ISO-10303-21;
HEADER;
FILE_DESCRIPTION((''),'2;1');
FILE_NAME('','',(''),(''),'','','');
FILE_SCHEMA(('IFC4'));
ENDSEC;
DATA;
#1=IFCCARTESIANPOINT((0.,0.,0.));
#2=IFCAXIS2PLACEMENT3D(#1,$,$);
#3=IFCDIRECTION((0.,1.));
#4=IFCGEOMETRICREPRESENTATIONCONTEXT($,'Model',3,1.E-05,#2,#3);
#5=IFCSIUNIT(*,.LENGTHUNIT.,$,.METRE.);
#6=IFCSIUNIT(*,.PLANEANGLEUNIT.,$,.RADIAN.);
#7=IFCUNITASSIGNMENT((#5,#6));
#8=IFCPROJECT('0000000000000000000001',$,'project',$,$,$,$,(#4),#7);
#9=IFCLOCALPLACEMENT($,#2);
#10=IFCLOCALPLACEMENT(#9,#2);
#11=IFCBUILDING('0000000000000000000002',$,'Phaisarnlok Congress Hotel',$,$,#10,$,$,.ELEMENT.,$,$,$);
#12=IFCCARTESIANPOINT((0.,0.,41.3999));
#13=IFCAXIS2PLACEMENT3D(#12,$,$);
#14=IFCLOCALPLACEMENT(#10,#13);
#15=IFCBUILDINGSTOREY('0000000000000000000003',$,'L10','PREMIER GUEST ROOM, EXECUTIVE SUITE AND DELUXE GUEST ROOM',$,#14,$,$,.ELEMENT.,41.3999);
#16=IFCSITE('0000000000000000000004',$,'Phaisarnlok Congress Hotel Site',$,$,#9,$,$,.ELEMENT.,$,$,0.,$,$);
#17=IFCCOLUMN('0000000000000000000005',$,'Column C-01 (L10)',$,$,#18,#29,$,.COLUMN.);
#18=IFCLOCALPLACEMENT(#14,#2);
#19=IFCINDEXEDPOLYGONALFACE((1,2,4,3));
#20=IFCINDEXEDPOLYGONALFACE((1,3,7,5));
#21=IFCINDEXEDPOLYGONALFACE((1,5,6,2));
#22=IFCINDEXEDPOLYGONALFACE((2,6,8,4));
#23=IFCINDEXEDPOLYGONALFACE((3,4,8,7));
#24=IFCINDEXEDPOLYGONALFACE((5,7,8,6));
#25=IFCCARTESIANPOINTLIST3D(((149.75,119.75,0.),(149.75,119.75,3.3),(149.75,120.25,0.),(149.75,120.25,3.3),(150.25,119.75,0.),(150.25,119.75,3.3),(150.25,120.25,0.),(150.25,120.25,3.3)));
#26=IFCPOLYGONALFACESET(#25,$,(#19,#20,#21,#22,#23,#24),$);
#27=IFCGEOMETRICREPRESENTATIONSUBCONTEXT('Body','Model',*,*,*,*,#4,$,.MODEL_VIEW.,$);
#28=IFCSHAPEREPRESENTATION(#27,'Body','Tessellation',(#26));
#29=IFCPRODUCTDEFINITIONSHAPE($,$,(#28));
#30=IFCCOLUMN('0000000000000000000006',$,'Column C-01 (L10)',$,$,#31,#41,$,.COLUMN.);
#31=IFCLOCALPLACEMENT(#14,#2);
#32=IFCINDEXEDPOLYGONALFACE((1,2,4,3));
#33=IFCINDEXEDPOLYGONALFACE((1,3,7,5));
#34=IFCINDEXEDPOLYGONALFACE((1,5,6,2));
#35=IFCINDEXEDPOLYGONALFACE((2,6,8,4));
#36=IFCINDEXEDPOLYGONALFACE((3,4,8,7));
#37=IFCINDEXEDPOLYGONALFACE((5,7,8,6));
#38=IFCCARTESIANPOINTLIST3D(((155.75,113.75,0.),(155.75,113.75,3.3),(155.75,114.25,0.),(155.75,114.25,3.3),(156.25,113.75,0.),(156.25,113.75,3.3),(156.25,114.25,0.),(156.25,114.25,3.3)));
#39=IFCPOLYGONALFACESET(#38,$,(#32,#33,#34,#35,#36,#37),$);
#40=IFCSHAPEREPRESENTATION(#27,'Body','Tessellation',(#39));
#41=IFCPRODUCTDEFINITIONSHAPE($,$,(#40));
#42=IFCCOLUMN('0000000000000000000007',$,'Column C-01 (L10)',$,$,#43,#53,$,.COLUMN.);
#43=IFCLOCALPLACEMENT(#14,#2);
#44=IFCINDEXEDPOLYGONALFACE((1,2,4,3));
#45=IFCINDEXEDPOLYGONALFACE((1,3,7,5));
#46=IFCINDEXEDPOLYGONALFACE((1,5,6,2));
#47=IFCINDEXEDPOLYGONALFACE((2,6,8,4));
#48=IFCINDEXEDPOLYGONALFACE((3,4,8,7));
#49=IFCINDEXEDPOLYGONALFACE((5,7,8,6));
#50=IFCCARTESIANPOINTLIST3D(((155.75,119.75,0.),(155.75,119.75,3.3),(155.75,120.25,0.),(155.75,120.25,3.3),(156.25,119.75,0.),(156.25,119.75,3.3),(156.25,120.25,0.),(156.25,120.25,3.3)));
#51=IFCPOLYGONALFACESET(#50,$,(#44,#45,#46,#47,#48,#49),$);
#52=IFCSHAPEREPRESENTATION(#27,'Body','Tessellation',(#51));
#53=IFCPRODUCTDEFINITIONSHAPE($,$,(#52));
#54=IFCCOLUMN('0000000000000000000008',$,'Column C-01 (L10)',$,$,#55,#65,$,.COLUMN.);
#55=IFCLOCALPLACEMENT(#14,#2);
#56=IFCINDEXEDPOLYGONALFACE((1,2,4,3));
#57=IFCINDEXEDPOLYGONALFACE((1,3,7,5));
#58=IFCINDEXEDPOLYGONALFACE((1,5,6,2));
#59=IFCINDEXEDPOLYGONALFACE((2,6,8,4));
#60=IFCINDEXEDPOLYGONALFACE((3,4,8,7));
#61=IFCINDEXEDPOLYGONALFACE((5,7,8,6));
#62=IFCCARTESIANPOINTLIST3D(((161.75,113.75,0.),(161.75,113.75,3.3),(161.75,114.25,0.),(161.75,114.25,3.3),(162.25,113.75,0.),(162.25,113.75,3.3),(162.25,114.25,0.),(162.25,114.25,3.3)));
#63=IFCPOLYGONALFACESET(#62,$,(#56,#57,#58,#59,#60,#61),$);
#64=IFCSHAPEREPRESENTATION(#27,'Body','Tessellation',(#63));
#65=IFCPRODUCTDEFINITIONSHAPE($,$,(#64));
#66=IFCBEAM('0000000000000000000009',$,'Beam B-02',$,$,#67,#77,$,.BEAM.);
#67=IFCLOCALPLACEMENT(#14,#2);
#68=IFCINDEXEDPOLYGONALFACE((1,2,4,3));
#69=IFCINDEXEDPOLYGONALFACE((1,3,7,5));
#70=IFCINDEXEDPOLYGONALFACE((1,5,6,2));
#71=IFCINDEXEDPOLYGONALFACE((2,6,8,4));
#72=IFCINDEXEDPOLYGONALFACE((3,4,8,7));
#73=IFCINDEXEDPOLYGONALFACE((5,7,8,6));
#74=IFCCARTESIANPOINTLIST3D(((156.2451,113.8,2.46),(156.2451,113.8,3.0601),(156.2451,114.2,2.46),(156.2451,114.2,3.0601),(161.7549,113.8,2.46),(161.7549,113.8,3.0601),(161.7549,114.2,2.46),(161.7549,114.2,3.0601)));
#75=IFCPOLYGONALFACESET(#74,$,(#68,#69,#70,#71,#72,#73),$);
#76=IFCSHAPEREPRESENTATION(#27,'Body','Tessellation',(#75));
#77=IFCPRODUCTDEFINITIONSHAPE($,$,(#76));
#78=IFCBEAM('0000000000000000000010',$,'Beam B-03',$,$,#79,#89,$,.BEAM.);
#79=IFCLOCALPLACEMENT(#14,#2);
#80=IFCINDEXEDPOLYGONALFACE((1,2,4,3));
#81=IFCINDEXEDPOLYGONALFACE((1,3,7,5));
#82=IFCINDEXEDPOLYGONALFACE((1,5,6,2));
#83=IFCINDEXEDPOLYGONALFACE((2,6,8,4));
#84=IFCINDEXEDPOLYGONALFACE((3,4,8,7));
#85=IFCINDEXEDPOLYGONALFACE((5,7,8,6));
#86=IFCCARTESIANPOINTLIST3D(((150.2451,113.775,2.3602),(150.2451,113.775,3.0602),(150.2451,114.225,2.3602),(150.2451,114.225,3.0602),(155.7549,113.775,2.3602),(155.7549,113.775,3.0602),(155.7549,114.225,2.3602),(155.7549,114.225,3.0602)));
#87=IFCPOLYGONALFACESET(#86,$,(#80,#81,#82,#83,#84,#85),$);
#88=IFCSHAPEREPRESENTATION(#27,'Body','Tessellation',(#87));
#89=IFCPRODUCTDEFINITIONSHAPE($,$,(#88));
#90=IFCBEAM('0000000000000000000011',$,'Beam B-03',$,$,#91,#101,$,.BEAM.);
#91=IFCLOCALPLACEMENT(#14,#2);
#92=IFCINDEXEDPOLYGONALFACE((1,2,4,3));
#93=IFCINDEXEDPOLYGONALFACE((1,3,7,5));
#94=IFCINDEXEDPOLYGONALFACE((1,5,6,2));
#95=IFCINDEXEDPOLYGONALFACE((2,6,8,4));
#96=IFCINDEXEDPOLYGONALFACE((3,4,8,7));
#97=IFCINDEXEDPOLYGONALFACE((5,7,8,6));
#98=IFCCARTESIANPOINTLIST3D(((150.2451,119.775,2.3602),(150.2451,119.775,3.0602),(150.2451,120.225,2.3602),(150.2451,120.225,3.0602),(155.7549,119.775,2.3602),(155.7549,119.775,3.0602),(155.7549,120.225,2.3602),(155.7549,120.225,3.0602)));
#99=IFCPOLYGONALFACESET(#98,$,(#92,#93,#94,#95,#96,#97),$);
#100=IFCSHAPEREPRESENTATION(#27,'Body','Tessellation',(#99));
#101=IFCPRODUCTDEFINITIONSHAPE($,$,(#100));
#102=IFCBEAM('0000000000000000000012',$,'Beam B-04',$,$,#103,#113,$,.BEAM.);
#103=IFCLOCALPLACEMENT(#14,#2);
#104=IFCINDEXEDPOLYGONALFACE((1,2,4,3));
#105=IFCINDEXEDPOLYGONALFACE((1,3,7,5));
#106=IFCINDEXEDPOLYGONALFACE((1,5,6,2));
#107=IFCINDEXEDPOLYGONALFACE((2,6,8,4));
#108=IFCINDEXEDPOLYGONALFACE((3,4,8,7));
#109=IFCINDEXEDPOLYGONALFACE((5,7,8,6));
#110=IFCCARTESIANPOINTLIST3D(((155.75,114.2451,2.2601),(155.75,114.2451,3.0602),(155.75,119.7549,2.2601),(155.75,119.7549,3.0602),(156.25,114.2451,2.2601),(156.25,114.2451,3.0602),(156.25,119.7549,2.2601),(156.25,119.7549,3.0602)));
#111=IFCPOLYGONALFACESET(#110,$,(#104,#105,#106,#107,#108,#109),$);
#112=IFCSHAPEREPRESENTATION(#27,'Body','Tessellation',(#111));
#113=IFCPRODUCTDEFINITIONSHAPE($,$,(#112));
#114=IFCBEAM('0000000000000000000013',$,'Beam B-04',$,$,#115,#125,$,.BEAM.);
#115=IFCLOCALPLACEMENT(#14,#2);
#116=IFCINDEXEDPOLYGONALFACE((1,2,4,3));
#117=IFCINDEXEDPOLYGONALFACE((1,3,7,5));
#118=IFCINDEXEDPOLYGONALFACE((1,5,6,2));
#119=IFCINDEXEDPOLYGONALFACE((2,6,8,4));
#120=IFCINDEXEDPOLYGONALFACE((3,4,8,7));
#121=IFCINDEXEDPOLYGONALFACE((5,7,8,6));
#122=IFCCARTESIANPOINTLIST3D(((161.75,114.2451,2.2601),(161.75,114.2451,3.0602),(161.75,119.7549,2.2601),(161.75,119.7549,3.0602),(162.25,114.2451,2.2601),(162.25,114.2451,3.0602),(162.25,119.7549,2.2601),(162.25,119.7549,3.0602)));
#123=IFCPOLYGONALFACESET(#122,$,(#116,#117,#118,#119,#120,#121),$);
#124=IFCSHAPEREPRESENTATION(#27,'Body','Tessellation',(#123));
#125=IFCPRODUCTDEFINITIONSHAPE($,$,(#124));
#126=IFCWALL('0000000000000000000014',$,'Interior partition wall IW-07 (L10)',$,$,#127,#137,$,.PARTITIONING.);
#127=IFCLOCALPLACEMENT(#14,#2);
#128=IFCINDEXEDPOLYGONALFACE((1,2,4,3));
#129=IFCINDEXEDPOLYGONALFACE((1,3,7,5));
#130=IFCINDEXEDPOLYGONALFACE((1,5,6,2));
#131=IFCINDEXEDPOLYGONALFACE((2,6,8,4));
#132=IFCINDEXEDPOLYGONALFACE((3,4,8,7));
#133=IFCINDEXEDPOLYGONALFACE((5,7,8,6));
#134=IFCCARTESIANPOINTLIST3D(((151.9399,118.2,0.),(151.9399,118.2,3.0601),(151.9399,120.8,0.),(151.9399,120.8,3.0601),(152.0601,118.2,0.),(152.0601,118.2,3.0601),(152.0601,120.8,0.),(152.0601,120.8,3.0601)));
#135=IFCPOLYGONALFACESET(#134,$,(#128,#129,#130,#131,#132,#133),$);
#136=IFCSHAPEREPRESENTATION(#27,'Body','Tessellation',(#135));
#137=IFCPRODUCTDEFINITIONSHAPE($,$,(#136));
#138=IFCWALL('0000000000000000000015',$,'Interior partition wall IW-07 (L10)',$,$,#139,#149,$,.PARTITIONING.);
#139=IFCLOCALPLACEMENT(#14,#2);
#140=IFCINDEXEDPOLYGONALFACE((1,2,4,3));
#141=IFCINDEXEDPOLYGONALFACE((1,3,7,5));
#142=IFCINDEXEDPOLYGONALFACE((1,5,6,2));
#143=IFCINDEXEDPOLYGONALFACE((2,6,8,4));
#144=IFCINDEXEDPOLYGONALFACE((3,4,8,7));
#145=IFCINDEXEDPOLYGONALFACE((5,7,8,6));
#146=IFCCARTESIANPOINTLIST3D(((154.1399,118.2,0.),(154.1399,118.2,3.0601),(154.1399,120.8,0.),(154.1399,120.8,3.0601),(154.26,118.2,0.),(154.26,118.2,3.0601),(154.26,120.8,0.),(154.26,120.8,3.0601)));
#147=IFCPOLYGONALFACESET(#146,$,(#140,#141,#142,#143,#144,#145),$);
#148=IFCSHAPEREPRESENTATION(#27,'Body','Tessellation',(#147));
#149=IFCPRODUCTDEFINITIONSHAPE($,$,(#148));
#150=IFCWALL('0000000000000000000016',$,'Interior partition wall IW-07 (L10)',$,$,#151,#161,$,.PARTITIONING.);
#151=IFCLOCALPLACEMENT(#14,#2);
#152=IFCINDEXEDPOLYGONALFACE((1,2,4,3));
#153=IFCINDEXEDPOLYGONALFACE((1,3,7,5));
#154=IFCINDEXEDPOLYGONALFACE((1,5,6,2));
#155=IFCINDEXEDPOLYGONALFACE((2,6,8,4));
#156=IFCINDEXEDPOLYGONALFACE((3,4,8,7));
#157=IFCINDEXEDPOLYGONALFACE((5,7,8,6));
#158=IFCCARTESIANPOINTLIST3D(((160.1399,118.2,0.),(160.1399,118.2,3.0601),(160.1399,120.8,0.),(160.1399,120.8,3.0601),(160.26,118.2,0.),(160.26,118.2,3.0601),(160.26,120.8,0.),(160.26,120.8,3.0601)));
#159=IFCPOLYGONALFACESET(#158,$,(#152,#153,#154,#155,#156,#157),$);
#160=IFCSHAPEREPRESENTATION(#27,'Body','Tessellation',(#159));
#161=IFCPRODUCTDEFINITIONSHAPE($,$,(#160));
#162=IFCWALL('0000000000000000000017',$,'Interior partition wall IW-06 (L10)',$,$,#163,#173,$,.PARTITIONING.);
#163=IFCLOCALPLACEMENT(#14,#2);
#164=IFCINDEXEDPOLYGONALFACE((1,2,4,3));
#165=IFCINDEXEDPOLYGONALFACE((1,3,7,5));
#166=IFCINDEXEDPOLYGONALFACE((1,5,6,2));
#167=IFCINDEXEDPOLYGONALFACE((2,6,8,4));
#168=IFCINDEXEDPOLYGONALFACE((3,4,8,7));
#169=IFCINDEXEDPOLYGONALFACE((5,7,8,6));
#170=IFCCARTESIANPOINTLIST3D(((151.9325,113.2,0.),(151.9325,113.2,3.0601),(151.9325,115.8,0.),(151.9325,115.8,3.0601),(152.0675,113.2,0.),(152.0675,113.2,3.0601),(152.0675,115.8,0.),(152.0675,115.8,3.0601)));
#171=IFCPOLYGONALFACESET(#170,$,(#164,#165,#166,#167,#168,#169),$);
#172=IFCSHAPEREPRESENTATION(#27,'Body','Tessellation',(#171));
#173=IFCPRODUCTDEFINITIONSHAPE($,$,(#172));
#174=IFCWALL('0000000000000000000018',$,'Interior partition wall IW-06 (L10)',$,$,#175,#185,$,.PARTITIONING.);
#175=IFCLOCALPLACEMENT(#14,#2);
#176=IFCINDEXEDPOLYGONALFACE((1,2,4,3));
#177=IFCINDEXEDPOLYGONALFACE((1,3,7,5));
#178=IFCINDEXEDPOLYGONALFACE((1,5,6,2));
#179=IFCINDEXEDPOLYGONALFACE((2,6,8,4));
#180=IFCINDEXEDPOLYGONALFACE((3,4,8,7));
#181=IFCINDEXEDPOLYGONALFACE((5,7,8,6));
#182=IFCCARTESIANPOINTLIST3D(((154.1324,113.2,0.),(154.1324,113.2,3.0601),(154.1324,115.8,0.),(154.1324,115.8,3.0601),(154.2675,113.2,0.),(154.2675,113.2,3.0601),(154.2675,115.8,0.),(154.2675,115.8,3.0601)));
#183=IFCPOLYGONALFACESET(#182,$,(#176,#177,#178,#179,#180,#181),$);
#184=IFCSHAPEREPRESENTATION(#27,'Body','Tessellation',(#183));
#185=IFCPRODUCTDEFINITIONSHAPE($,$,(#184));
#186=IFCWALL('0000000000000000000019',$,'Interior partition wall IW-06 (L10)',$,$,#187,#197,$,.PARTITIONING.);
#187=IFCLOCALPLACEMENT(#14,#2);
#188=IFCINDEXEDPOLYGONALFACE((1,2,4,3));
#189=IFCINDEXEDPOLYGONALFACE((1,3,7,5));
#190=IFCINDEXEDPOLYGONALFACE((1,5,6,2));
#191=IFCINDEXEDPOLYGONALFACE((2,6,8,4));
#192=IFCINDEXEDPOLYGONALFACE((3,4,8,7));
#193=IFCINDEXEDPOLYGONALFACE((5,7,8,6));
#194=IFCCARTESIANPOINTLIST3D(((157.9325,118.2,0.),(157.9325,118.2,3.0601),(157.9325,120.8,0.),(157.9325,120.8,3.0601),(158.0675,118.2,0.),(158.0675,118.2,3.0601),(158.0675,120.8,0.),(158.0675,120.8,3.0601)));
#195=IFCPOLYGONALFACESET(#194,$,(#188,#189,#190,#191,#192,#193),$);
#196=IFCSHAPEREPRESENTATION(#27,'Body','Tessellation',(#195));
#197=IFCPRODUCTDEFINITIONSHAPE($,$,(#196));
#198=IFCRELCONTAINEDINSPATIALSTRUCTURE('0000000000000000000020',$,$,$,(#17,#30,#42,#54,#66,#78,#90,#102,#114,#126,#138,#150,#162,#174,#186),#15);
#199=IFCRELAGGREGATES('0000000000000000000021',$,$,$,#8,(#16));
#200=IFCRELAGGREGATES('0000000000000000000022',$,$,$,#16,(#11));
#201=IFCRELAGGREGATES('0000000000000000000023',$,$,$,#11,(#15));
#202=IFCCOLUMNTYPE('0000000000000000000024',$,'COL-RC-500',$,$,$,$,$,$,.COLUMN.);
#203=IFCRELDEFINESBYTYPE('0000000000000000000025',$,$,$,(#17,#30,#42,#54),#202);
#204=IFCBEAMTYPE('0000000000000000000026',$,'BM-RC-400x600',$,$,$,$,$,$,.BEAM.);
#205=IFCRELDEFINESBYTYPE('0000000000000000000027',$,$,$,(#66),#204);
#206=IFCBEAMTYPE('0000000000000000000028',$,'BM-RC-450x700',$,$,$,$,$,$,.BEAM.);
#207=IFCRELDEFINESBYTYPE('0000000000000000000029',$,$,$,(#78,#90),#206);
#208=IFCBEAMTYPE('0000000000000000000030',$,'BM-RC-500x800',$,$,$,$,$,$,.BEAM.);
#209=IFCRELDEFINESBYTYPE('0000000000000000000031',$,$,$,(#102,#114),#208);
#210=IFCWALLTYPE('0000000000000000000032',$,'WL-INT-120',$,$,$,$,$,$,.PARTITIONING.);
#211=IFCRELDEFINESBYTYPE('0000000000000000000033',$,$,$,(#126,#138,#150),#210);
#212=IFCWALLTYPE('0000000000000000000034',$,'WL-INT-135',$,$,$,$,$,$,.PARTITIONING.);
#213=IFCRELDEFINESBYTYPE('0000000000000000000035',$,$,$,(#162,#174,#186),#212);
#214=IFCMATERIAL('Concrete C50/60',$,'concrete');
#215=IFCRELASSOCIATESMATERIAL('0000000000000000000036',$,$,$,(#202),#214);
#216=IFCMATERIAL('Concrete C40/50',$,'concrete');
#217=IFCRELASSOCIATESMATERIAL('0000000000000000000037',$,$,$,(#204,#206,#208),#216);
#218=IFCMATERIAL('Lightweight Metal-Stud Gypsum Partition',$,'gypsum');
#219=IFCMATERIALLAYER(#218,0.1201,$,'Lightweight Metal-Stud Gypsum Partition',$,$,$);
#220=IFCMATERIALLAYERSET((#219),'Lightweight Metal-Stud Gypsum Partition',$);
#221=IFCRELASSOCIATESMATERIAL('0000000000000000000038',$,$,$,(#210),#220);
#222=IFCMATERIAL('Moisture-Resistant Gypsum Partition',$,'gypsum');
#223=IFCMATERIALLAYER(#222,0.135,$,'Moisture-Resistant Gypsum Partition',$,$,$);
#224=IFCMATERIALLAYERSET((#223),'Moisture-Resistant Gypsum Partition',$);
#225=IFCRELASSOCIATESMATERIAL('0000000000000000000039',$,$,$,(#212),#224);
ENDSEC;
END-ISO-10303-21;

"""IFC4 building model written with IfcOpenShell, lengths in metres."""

from ifc_helpers import new_model, si_unit, direction, frame, frame_2d, origin, origin_2d, place, context, subcontext, project, spatial, rectangle, extrude, material, layer, layer_set, material_profile, profile_set, type_object, element, save


model = new_model("IFC4")

# Units and contexts
model_context = context("Model", 3, precision=1e-05, world=origin(), true_north=direction((0.0, 1.0)))
body_context = subcontext(model_context, "Body", "Model", "MODEL_VIEW")
ifc_project = project(units=[si_unit("LENGTHUNIT", "METRE"), si_unit("PLANEANGLEUNIT", "RADIAN")], contexts=[model_context])

# Site, building, storey
site_placement = place(None, origin())
site = spatial("IfcSite", under=ifc_project, at=site_placement, Name="Phaisarnlok Congress Hotel Site", CompositionType="ELEMENT", RefElevation=0.0)
building_placement = place(site_placement, origin())
building = spatial("IfcBuilding", under=site, at=building_placement, Name="Phaisarnlok Congress Hotel", CompositionType="ELEMENT")
storey_placement = place(building_placement, frame((0.0, 0.0, 41.3999)))
storey = spatial("IfcBuildingStorey", under=building, at=storey_placement, Name="L10", Description="PREMIER GUEST ROOM, EXECUTIVE SUITE AND DELUXE GUEST ROOM", CompositionType="ELEMENT", Elevation=41.3999)

# Columns
ifc_material_1 = material(Name="Concrete C50/60", Category="concrete")
ifc_material_profile_1 = material_profile(ifc_material_1, rectangle(XDim=0.5, YDim=0.5, at=origin_2d()), Name="RC 500x500")
ifc_profile_set_1 = profile_set([ifc_material_profile_1], Name="Concrete C50/60")
column_type = type_object("IfcColumnType", Name="COL-RC-500", PredefinedType="COLUMN", material=ifc_profile_set_1)
for number, where, z_axis, x_axis, name in (
    (1, (150.0, 120.0, 0.0), (0.0, 0.0, 1.0), (1.0, 0.0, 0.0), "Column C-01 (L10)"),
    (2, (156.0, 114.0, 0.0), (0.0, 0.0, 1.0), (1.0, 0.0, 0.0), "Column C-01 (L10)"),
    (3, (156.0, 120.0, 0.0), (0.0, 0.0, 1.0), (1.0, 0.0, 0.0), "Column C-01 (L10)"),
    (4, (162.0, 114.0, 0.0), (0.0, 0.0, 1.0), (1.0, 0.0, 0.0), "Column C-01 (L10)"),
):
    element("IfcColumn", number, at=place(storey_placement, frame(where, z_axis=z_axis, x_axis=x_axis)), inside=storey, type_object=column_type, Name=name, PredefinedType="COLUMN", context=body_context, shape_type="SweptSolid", body=[
        extrude(rectangle(XDim=0.5, YDim=0.5, at=origin_2d()), origin(), (0.0, 0.0, 1.0), 3.3),
    ])

# Beams
ifc_material_2 = material(Name="Concrete C40/50", Category="concrete")
ifc_material_profile_2 = material_profile(ifc_material_2, rectangle(XDim=0.3999, YDim=0.6001, at=origin_2d()), Name="RC 400x600")
ifc_profile_set_2 = profile_set([ifc_material_profile_2], Name="Concrete C40/50")
beam_type_1 = type_object("IfcBeamType", Name="BM-RC-400x600", PredefinedType="BEAM", material=ifc_profile_set_2)
beam_placement = place(storey_placement, frame((156.2451, 114.0, 2.76), z_axis=(1.0, 0.0, 0.0), x_axis=(0.0, 1.0, 0.0)))
element("IfcBeam", 5, at=beam_placement, inside=storey, type_object=beam_type_1, Name="Beam B-02", PredefinedType="BEAM", context=body_context, shape_type="SweptSolid", body=[
    extrude(rectangle(XDim=0.3999, YDim=0.6001, at=origin_2d()), origin(), (0.0, 0.0, 1.0), 5.5098),
])
ifc_material_profile_3 = material_profile(ifc_material_2, rectangle(XDim=0.45, YDim=0.7, at=origin_2d()), Name="RC 450x700")
ifc_profile_set_3 = profile_set([ifc_material_profile_3], Name="Concrete C40/50")
beam_type_2 = type_object("IfcBeamType", Name="BM-RC-450x700", PredefinedType="BEAM", material=ifc_profile_set_3)
for number, where, z_axis, x_axis, name in (
    (6, (150.2451, 114.0, 2.7102), (1.0, 0.0, 0.0), (0.0, 1.0, 0.0), "Beam B-03"),
    (7, (150.2451, 120.0, 2.7102), (1.0, 0.0, 0.0), (0.0, 1.0, 0.0), "Beam B-03"),
):
    element("IfcBeam", number, at=place(storey_placement, frame(where, z_axis=z_axis, x_axis=x_axis)), inside=storey, type_object=beam_type_2, Name=name, PredefinedType="BEAM", context=body_context, shape_type="SweptSolid", body=[
        extrude(rectangle(XDim=0.45, YDim=0.7, at=origin_2d()), origin(), (0.0, 0.0, 1.0), 5.5098),
    ])
ifc_material_profile_4 = material_profile(ifc_material_2, rectangle(XDim=0.5, YDim=0.8, at=origin_2d()), Name="RC 500x800")
ifc_profile_set_4 = profile_set([ifc_material_profile_4], Name="Concrete C40/50")
beam_type_3 = type_object("IfcBeamType", Name="BM-RC-500x800", PredefinedType="BEAM", material=ifc_profile_set_4)
for number, where, z_axis, x_axis, name in (
    (8, (156.0, 114.2451, 2.6602), (0.0, 1.0, 0.0), (-1.0, 0.0, 0.0), "Beam B-04"),
    (9, (162.0, 114.2451, 2.6602), (0.0, 1.0, 0.0), (-1.0, 0.0, 0.0), "Beam B-04"),
):
    element("IfcBeam", number, at=place(storey_placement, frame(where, z_axis=z_axis, x_axis=x_axis)), inside=storey, type_object=beam_type_3, Name=name, PredefinedType="BEAM", context=body_context, shape_type="SweptSolid", body=[
        extrude(rectangle(XDim=0.5, YDim=0.8, at=origin_2d()), origin(), (0.0, 0.0, 1.0), 5.5098),
    ])

# Walls
ifc_material_3 = material(Name="Lightweight Metal-Stud Gypsum Partition", Category="gypsum")
ifc_layer_1 = layer(ifc_material_3, 0.1201, Name="Lightweight Metal-Stud Gypsum Partition")
ifc_layer_set_1 = layer_set([ifc_layer_1], Name="Lightweight Metal-Stud Gypsum Partition")
wall_type_1 = type_object("IfcWallType", Name="WL-INT-120", PredefinedType="PARTITIONING", material=ifc_layer_set_1)
for number, where, z_axis, x_axis, name in (
    (10, (152.0, 118.2, 0.0), (0.0, 0.0, 1.0), (0.0, 1.0, 0.0), "Interior partition wall IW-07 (L10)"),
    (11, (154.2, 118.2, 0.0), (0.0, 0.0, 1.0), (0.0, 1.0, 0.0), "Interior partition wall IW-07 (L10)"),
    (12, (160.2, 118.2, 0.0), (0.0, 0.0, 1.0), (0.0, 1.0, 0.0), "Interior partition wall IW-07 (L10)"),
):
    element("IfcWall", number, at=place(storey_placement, frame(where, z_axis=z_axis, x_axis=x_axis)), inside=storey, type_object=wall_type_1, Name=name, PredefinedType="PARTITIONING", context=body_context, shape_type="SweptSolid", body=[
        extrude(rectangle(XDim=2.6001, YDim=0.1201, at=frame_2d((1.3, 0.0))), origin(), (0.0, 0.0, 1.0), 3.0601),
    ])
ifc_material_4 = material(Name="Moisture-Resistant Gypsum Partition", Category="gypsum")
ifc_layer_2 = layer(ifc_material_4, 0.135, Name="Moisture-Resistant Gypsum Partition")
ifc_layer_set_2 = layer_set([ifc_layer_2], Name="Moisture-Resistant Gypsum Partition")
wall_type_2 = type_object("IfcWallType", Name="WL-INT-135", PredefinedType="PARTITIONING", material=ifc_layer_set_2)
for number, where, z_axis, x_axis, name in (
    (13, (152.0, 113.2, 0.0), (0.0, 0.0, 1.0), (0.0, 1.0, 0.0), "Interior partition wall IW-06 (L10)"),
    (14, (154.2, 113.2, 0.0), (0.0, 0.0, 1.0), (0.0, 1.0, 0.0), "Interior partition wall IW-06 (L10)"),
    (15, (158.0, 118.2, 0.0), (0.0, 0.0, 1.0), (0.0, 1.0, 0.0), "Interior partition wall IW-06 (L10)"),
):
    element("IfcWall", number, at=place(storey_placement, frame(where, z_axis=z_axis, x_axis=x_axis)), inside=storey, type_object=wall_type_2, Name=name, PredefinedType="PARTITIONING", context=body_context, shape_type="SweptSolid", body=[
        extrude(rectangle(XDim=2.6001, YDim=0.135, at=frame_2d((1.3, 0.0))), origin(), (0.0, 0.0, 1.0), 3.0601),
    ])

save(model, "model.ifc")
